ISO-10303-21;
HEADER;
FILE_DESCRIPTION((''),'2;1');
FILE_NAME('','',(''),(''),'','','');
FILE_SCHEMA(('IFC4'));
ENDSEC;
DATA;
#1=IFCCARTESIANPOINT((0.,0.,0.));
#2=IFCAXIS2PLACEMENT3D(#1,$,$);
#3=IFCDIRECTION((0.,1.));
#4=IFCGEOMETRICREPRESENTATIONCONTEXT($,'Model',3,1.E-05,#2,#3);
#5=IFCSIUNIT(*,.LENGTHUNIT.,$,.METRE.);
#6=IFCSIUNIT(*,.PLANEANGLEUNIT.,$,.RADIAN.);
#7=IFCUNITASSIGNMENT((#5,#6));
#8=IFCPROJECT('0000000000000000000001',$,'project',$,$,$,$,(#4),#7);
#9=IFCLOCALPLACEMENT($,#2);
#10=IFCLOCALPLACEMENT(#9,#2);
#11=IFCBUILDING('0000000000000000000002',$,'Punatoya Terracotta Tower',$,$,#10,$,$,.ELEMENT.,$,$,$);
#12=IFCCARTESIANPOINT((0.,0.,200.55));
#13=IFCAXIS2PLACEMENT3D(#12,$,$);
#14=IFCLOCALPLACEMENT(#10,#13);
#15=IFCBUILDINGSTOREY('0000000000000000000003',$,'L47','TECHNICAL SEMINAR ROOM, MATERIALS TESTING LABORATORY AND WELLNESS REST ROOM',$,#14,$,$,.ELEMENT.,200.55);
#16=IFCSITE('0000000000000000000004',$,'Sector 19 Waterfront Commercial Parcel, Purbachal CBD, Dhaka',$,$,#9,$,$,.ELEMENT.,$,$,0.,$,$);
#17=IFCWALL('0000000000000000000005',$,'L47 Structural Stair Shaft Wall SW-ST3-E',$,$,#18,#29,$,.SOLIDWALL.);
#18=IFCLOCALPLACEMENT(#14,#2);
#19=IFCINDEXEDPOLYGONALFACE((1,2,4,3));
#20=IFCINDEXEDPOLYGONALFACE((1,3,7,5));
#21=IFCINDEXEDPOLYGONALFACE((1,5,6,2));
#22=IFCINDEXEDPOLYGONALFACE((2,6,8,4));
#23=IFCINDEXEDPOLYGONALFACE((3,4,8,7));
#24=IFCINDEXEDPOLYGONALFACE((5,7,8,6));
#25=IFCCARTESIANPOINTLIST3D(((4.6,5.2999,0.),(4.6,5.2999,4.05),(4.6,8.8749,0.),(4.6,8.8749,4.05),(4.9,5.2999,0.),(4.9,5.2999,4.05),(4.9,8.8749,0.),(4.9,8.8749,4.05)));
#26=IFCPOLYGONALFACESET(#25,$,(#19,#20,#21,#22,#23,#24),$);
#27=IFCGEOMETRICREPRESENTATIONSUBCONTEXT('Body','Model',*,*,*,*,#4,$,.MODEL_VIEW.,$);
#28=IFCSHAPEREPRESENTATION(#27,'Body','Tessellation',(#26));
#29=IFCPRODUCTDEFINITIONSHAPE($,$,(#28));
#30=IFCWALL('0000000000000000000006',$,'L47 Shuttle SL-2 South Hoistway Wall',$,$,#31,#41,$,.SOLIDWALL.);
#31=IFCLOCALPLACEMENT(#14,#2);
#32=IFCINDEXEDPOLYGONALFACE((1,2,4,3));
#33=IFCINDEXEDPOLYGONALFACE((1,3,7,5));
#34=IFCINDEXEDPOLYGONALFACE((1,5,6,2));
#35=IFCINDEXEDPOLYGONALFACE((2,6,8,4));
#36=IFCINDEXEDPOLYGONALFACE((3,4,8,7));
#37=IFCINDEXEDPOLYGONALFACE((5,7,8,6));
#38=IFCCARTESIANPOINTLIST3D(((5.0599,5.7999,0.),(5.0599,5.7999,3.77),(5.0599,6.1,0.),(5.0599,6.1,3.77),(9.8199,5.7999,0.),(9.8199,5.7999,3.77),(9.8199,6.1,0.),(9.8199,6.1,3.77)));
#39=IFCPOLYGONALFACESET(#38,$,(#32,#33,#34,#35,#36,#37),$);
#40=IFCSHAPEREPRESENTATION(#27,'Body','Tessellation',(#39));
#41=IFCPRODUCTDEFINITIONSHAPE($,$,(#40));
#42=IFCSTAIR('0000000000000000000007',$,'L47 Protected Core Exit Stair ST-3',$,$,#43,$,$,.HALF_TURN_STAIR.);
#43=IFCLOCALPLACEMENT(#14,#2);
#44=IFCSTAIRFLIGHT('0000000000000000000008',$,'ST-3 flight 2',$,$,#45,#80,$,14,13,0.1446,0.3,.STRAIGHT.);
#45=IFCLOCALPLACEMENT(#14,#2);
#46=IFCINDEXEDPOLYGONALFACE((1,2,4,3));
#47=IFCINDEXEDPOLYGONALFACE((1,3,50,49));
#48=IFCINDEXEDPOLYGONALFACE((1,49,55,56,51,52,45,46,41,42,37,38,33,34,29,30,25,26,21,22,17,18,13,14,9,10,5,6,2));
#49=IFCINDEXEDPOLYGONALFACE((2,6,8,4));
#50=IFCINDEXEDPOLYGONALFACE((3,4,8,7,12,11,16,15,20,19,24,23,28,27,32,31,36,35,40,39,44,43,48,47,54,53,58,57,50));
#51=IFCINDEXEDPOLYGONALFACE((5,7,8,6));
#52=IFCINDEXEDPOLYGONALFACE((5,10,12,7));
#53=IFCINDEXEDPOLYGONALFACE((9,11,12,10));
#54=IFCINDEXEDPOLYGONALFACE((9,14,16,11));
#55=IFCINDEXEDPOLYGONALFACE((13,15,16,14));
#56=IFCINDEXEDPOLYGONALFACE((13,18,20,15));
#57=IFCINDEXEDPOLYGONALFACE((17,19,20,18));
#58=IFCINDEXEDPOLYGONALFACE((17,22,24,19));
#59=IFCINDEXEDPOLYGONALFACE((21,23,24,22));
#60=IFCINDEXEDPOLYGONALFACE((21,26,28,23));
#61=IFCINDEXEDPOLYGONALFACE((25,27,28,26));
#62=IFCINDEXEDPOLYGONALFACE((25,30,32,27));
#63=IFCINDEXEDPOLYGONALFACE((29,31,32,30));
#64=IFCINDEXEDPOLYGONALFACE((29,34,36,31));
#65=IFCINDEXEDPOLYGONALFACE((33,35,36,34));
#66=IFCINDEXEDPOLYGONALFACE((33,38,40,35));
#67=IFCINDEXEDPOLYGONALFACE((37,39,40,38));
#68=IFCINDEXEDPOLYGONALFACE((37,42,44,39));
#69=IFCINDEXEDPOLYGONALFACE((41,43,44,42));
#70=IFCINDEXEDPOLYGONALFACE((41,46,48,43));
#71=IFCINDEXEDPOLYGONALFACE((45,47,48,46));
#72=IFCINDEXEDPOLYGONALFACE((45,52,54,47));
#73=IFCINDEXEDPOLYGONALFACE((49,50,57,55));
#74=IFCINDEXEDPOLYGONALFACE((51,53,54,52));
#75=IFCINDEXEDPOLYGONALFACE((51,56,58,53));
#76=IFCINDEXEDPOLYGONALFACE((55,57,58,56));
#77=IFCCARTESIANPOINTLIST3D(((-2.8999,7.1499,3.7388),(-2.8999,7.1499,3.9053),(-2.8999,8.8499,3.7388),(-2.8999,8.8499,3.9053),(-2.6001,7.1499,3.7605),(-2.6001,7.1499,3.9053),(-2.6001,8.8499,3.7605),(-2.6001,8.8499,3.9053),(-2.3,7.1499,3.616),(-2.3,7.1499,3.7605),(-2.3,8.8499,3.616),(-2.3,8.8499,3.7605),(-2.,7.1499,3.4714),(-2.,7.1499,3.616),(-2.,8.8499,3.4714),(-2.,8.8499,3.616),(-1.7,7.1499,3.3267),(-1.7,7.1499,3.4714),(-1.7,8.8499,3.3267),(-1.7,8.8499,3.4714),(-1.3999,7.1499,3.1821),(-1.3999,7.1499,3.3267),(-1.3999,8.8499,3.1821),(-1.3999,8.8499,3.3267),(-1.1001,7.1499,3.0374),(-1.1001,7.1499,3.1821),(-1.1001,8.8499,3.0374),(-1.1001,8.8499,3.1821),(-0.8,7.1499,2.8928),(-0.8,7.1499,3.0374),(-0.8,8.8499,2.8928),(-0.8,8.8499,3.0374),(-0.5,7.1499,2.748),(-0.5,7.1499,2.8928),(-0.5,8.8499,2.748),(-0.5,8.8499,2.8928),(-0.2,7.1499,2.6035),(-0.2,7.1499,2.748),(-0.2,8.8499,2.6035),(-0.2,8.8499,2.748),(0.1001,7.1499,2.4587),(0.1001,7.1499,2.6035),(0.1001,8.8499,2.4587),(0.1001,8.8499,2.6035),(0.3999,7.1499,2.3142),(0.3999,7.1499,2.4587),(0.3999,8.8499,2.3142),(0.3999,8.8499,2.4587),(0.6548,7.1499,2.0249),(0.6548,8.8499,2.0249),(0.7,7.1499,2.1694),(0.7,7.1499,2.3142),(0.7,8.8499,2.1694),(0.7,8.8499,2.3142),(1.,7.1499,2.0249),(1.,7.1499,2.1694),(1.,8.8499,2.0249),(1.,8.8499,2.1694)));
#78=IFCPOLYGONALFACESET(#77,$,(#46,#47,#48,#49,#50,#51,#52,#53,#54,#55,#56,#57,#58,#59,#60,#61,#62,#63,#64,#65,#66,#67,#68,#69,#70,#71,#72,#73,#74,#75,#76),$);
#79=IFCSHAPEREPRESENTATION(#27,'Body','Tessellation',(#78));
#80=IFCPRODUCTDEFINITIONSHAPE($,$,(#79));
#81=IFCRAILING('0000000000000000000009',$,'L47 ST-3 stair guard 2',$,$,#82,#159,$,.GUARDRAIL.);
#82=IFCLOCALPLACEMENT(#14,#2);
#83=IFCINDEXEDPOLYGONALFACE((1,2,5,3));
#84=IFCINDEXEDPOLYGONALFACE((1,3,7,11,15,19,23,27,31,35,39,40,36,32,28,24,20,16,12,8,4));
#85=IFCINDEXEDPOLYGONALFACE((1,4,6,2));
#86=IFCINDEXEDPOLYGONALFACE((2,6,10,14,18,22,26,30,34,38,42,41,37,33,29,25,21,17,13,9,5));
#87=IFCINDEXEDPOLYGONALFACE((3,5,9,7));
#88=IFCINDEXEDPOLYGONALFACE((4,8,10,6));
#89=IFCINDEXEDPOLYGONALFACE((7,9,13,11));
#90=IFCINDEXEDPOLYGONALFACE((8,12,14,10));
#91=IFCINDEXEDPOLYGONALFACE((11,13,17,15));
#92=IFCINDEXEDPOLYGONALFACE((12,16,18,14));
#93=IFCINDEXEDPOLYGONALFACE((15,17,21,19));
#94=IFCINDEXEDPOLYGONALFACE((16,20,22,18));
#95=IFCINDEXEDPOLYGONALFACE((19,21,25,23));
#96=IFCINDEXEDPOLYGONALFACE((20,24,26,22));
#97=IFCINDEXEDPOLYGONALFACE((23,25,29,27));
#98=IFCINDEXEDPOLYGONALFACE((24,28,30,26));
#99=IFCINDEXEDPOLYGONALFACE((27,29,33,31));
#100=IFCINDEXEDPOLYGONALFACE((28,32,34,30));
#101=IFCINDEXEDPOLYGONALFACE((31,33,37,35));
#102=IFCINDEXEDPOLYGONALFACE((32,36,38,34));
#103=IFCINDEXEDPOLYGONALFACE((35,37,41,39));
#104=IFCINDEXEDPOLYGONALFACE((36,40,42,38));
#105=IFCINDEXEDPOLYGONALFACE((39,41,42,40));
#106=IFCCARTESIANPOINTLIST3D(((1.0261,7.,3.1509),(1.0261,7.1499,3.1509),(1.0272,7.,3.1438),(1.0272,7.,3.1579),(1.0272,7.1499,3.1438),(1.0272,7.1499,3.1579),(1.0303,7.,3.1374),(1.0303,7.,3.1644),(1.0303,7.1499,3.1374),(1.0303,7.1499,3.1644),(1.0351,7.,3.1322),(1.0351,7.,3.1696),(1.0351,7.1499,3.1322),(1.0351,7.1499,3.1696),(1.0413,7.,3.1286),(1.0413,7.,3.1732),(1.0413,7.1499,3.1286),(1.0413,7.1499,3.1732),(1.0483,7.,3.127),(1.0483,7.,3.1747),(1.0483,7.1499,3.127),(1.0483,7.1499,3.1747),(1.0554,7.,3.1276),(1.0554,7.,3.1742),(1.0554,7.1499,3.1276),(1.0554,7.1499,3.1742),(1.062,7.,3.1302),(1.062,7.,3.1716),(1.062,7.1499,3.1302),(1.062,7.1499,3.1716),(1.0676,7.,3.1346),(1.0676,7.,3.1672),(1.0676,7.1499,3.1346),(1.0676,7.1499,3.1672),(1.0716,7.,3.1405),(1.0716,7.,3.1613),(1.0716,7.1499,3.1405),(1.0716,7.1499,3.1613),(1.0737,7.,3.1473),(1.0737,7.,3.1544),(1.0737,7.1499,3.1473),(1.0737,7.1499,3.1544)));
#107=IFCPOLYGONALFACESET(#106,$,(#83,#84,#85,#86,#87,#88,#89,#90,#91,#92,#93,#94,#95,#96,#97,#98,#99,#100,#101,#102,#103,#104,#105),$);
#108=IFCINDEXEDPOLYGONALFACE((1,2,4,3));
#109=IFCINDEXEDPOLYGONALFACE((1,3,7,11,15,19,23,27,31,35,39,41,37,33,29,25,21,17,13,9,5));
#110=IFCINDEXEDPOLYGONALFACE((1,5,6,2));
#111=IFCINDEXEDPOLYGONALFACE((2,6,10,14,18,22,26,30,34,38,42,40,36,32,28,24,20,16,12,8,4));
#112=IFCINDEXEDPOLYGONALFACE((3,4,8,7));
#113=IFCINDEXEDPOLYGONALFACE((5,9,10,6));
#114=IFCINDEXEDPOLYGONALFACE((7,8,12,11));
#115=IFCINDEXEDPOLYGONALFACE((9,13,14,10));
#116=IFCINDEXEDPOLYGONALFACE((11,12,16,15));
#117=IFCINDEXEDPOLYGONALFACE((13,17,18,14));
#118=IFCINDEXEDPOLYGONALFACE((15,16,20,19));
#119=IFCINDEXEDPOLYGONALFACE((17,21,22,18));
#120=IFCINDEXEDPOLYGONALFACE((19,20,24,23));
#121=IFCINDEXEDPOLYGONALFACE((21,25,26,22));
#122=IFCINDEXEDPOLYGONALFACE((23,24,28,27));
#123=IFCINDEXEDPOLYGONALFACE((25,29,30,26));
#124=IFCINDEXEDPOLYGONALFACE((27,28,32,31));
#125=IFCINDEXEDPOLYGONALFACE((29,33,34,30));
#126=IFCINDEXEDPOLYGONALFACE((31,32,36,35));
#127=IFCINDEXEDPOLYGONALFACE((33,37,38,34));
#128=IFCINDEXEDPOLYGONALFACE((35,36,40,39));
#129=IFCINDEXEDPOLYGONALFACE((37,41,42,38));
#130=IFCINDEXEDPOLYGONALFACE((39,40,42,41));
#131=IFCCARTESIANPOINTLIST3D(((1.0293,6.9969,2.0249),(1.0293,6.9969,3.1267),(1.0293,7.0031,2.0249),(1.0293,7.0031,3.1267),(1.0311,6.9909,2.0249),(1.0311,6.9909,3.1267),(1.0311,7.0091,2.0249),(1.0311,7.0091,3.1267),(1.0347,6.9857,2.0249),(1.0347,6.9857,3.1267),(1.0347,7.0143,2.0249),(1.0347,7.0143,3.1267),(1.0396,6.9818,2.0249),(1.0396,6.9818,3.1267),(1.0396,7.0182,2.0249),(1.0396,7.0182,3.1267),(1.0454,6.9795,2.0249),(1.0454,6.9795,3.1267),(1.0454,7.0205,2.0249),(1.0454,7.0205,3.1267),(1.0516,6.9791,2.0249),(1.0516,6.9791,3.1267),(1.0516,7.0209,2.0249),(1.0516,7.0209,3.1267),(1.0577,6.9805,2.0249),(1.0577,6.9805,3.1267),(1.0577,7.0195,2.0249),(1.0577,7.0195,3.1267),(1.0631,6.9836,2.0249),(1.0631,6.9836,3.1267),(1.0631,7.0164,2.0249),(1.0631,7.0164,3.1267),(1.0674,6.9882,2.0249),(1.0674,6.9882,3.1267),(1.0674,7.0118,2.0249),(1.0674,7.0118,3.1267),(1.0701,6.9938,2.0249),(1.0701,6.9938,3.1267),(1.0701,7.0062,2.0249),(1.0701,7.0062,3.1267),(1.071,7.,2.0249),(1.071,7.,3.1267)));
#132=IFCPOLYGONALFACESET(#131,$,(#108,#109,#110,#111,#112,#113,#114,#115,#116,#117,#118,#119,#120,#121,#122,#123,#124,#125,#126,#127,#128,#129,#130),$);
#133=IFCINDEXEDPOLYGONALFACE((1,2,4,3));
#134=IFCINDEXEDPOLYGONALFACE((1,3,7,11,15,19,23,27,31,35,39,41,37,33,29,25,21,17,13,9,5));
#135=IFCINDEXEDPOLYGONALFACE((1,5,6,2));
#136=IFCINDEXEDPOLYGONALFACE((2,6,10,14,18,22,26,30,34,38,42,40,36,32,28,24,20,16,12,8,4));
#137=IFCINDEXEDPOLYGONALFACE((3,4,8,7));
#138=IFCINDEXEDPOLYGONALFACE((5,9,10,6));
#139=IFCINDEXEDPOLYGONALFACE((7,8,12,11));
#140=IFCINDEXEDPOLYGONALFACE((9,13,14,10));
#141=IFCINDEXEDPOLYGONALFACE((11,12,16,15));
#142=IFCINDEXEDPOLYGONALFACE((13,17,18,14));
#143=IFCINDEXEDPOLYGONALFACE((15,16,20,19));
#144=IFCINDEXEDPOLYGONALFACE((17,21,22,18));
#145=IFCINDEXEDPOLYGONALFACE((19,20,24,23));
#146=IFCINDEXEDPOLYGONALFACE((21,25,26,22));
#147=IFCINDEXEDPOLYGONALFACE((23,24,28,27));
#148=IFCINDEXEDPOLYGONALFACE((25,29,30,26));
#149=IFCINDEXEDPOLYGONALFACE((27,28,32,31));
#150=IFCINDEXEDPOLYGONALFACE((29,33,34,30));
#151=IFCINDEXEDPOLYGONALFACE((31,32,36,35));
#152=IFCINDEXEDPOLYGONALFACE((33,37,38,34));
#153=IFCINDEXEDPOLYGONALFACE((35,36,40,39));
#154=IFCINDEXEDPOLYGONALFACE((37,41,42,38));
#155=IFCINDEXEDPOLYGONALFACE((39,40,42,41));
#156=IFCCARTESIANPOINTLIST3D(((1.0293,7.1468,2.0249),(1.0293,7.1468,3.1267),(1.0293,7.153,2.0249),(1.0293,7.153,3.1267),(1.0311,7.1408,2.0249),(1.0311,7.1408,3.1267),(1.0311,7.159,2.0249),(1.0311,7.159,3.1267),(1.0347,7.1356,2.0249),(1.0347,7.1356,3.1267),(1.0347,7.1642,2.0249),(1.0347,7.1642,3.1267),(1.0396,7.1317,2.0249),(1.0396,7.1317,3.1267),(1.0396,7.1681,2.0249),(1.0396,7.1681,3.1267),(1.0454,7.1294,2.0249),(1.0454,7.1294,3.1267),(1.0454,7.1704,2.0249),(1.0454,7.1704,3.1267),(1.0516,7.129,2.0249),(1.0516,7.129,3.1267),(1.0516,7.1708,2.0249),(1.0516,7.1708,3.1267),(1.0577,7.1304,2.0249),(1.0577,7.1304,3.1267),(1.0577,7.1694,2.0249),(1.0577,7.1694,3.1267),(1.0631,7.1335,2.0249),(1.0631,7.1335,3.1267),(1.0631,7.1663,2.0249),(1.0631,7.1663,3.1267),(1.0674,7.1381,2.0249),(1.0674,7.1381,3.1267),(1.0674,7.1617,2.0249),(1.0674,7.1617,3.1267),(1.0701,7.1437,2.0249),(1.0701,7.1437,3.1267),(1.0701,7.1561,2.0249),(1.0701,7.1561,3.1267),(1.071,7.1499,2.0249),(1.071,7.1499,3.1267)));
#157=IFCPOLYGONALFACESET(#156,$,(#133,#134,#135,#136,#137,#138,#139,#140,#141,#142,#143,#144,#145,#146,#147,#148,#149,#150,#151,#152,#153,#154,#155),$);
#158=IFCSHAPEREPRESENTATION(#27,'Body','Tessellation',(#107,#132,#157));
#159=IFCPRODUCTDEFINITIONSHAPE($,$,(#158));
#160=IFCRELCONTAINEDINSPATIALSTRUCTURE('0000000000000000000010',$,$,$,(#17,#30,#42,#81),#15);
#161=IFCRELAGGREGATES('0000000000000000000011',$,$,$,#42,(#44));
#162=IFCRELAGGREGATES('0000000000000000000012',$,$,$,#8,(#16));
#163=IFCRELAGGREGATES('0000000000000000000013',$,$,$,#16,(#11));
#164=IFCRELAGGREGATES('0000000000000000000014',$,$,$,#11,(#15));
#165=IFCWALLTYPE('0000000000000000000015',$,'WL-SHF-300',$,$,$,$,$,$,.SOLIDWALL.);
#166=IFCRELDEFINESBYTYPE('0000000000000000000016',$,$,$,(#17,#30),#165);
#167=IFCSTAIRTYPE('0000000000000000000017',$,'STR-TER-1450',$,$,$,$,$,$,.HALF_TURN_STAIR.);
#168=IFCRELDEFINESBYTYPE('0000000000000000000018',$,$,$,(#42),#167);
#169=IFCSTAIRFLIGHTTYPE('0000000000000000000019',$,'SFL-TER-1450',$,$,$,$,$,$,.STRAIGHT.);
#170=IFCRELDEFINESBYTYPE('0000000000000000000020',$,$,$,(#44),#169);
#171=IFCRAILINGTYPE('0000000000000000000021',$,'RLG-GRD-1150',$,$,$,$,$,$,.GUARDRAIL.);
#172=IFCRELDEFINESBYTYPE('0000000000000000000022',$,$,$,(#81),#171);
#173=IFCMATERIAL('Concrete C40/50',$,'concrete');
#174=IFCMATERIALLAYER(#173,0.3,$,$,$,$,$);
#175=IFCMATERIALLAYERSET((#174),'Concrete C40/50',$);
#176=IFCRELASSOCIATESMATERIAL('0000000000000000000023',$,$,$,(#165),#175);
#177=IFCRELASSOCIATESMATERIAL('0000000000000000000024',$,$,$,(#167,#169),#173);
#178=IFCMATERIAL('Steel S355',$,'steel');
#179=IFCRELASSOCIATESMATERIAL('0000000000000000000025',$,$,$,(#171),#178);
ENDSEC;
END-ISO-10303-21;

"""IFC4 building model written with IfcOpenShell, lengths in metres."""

from ifc_helpers import new_model, si_unit, direction, frame, frame_2d, origin, origin_2d, place, context, subcontext, project, spatial, polyline, rectangle, circle, outline, extrude, material, layer, layer_set, type_object, element, aggregate, save


model = new_model("IFC4")

# Units and contexts
model_context = context("Model", 3, precision=1e-05, world=origin(), true_north=direction((0.0, 1.0)))
body_context = subcontext(model_context, "Body", "Model", "MODEL_VIEW")
ifc_project = project(units=[si_unit("LENGTHUNIT", "METRE"), si_unit("PLANEANGLEUNIT", "RADIAN")], contexts=[model_context])

# Site, building, storey
site_placement = place(None, origin())
site = spatial("IfcSite", under=ifc_project, at=site_placement, Name="Sector 19 Waterfront Commercial Parcel, Purbachal CBD, Dhaka", CompositionType="ELEMENT", RefElevation=0.0)
building_placement = place(site_placement, origin())
building = spatial("IfcBuilding", under=site, at=building_placement, Name="Punatoya Terracotta Tower", CompositionType="ELEMENT")
storey_placement = place(building_placement, frame((0.0, 0.0, 200.55)))
storey = spatial("IfcBuildingStorey", under=building, at=storey_placement, Name="L47", Description="TECHNICAL SEMINAR ROOM, MATERIALS TESTING LABORATORY AND WELLNESS REST ROOM", CompositionType="ELEMENT", Elevation=200.55)

# Shared definitions
ifc_material_1 = material(Name="Steel S355", Category="steel")

# Walls
ifc_material_2 = material(Name="Concrete C40/50", Category="concrete")
ifc_layer_1 = layer(ifc_material_2, 0.3)
ifc_layer_set_1 = layer_set([ifc_layer_1], Name="Concrete C40/50")
wall_type_1 = type_object("IfcWallType", Name="WL-SHF-300", PredefinedType="SOLIDWALL", material=ifc_layer_set_1)
wall_1_placement = place(storey_placement, frame((4.75, 8.875, 0.0), z_axis=(0.0, 0.0, 1.0), x_axis=(0.0, -1.0, 0.0)))
element("IfcWall", 1, at=wall_1_placement, inside=storey, type_object=wall_type_1, Name="L47 Structural Stair Shaft Wall SW-ST3-E", PredefinedType="SOLIDWALL", context=body_context, shape_type="SweptSolid", body=[
    extrude(rectangle(XDim=3.575, YDim=0.3, at=frame_2d((1.7876, 0.0))), origin(), (0.0, 0.0, 1.0), 4.05),
])
wall_2_placement = place(storey_placement, frame((5.0601, 5.95, 0.0), z_axis=(0.0, 0.0, 1.0), x_axis=(1.0, 0.0, 0.0)))
element("IfcWall", 2, at=wall_2_placement, inside=storey, type_object=wall_type_1, Name="L47 Shuttle SL-2 South Hoistway Wall", PredefinedType="SOLIDWALL", context=body_context, shape_type="SweptSolid", body=[
    extrude(rectangle(XDim=4.76, YDim=0.3, at=frame_2d((2.3799, 0.0))), origin(), (0.0, 0.0, 1.0), 3.77),
])

# Stair, stair flight
stair_type = type_object("IfcStairType", Name="STR-TER-1450", PredefinedType="HALF_TURN_STAIR", material=ifc_material_2)
stair_placement = place(storey_placement, origin())
stair = element("IfcStair", 3, at=stair_placement, inside=storey, type_object=stair_type, Name="L47 Protected Core Exit Stair ST-3", PredefinedType="HALF_TURN_STAIR")
stair_flight_type = type_object("IfcStairFlightType", Name="SFL-TER-1450", PredefinedType="STRAIGHT", material=ifc_material_2)
stair_flight_placement = place(storey_placement, frame((1.0, 8.0, 2.0249), z_axis=(0.0, 0.0, 1.0), x_axis=(-1.0, 0.0, 0.0)))
stair_flight = element("IfcStairFlight", 4, at=stair_flight_placement, type_object=stair_flight_type, Name="ST-3 flight 2", NumberOfRisers=14, NumberOfTreads=13, PredefinedType="STRAIGHT", RiserHeight=0.1446, TreadLength=0.3, context=body_context, shape_type="SweptSolid", body=[
    extrude(outline(polyline([(0.0, 0.0), (0.0, 0.1445), (0.3, 0.1445), (0.3, 0.2893), (0.6001, 0.2893), (0.6001, 0.4338), (0.8999, 0.4338), (0.8999, 0.5786), (1.2, 0.5786), (1.2, 0.7231), (1.5, 0.7231), (1.5, 0.8679), (1.8, 0.8679), (1.8, 1.0125), (2.1001, 1.0125), (2.1001, 1.1572), (2.3999, 1.1572), (2.3999, 1.3018), (2.7, 1.3018), (2.7, 1.4465), (3.0, 1.4465), (3.0, 1.5911), (3.3, 1.5911), (3.3, 1.7356), (3.6001, 1.7356), (3.6001, 1.8804), (3.8999, 1.8804), (3.8999, 2.0249), (3.8999, 1.7139), (0.3452, 0.0), (0.0, 0.0)])), frame((0.0, 0.8501, 0.0), z_axis=(0.0, -1.0, 0.0), x_axis=(1.0, 0.0, 0.0)), (0.0, 0.0, 1.0), 1.7),
])
aggregate(stair, [stair_flight])

# Railing
railing_type_1 = type_object("IfcRailingType", Name="RLG-GRD-1150", PredefinedType="GUARDRAIL", material=ifc_material_1)
railing_1_placement = place(storey_placement, frame((1.05, 7.0, 2.0249)))
element("IfcRailing", 5, at=railing_1_placement, inside=storey, type_object=railing_type_1, Name="L47 ST-3 stair guard 2", PredefinedType="GUARDRAIL", context=body_context, shape_type="SweptSolid", body=[
    extrude(circle(Radius=0.0239, at=origin_2d()), frame((0.0, 0.0, 1.126), z_axis=(0.0, 1.0, 0.0), x_axis=(-1.0, 0.0, 0.0)), (0.0, 0.0, 1.0), 0.1499),
    extrude(circle(Radius=0.021, at=origin_2d()), origin(), (0.0, 0.0, 1.0), 1.1018),
    extrude(circle(Radius=0.021, at=origin_2d()), frame((0.0, 0.1499, 0.0)), (0.0, 0.0, 1.0), 1.1018),
])

save(model, "model.ifc")
